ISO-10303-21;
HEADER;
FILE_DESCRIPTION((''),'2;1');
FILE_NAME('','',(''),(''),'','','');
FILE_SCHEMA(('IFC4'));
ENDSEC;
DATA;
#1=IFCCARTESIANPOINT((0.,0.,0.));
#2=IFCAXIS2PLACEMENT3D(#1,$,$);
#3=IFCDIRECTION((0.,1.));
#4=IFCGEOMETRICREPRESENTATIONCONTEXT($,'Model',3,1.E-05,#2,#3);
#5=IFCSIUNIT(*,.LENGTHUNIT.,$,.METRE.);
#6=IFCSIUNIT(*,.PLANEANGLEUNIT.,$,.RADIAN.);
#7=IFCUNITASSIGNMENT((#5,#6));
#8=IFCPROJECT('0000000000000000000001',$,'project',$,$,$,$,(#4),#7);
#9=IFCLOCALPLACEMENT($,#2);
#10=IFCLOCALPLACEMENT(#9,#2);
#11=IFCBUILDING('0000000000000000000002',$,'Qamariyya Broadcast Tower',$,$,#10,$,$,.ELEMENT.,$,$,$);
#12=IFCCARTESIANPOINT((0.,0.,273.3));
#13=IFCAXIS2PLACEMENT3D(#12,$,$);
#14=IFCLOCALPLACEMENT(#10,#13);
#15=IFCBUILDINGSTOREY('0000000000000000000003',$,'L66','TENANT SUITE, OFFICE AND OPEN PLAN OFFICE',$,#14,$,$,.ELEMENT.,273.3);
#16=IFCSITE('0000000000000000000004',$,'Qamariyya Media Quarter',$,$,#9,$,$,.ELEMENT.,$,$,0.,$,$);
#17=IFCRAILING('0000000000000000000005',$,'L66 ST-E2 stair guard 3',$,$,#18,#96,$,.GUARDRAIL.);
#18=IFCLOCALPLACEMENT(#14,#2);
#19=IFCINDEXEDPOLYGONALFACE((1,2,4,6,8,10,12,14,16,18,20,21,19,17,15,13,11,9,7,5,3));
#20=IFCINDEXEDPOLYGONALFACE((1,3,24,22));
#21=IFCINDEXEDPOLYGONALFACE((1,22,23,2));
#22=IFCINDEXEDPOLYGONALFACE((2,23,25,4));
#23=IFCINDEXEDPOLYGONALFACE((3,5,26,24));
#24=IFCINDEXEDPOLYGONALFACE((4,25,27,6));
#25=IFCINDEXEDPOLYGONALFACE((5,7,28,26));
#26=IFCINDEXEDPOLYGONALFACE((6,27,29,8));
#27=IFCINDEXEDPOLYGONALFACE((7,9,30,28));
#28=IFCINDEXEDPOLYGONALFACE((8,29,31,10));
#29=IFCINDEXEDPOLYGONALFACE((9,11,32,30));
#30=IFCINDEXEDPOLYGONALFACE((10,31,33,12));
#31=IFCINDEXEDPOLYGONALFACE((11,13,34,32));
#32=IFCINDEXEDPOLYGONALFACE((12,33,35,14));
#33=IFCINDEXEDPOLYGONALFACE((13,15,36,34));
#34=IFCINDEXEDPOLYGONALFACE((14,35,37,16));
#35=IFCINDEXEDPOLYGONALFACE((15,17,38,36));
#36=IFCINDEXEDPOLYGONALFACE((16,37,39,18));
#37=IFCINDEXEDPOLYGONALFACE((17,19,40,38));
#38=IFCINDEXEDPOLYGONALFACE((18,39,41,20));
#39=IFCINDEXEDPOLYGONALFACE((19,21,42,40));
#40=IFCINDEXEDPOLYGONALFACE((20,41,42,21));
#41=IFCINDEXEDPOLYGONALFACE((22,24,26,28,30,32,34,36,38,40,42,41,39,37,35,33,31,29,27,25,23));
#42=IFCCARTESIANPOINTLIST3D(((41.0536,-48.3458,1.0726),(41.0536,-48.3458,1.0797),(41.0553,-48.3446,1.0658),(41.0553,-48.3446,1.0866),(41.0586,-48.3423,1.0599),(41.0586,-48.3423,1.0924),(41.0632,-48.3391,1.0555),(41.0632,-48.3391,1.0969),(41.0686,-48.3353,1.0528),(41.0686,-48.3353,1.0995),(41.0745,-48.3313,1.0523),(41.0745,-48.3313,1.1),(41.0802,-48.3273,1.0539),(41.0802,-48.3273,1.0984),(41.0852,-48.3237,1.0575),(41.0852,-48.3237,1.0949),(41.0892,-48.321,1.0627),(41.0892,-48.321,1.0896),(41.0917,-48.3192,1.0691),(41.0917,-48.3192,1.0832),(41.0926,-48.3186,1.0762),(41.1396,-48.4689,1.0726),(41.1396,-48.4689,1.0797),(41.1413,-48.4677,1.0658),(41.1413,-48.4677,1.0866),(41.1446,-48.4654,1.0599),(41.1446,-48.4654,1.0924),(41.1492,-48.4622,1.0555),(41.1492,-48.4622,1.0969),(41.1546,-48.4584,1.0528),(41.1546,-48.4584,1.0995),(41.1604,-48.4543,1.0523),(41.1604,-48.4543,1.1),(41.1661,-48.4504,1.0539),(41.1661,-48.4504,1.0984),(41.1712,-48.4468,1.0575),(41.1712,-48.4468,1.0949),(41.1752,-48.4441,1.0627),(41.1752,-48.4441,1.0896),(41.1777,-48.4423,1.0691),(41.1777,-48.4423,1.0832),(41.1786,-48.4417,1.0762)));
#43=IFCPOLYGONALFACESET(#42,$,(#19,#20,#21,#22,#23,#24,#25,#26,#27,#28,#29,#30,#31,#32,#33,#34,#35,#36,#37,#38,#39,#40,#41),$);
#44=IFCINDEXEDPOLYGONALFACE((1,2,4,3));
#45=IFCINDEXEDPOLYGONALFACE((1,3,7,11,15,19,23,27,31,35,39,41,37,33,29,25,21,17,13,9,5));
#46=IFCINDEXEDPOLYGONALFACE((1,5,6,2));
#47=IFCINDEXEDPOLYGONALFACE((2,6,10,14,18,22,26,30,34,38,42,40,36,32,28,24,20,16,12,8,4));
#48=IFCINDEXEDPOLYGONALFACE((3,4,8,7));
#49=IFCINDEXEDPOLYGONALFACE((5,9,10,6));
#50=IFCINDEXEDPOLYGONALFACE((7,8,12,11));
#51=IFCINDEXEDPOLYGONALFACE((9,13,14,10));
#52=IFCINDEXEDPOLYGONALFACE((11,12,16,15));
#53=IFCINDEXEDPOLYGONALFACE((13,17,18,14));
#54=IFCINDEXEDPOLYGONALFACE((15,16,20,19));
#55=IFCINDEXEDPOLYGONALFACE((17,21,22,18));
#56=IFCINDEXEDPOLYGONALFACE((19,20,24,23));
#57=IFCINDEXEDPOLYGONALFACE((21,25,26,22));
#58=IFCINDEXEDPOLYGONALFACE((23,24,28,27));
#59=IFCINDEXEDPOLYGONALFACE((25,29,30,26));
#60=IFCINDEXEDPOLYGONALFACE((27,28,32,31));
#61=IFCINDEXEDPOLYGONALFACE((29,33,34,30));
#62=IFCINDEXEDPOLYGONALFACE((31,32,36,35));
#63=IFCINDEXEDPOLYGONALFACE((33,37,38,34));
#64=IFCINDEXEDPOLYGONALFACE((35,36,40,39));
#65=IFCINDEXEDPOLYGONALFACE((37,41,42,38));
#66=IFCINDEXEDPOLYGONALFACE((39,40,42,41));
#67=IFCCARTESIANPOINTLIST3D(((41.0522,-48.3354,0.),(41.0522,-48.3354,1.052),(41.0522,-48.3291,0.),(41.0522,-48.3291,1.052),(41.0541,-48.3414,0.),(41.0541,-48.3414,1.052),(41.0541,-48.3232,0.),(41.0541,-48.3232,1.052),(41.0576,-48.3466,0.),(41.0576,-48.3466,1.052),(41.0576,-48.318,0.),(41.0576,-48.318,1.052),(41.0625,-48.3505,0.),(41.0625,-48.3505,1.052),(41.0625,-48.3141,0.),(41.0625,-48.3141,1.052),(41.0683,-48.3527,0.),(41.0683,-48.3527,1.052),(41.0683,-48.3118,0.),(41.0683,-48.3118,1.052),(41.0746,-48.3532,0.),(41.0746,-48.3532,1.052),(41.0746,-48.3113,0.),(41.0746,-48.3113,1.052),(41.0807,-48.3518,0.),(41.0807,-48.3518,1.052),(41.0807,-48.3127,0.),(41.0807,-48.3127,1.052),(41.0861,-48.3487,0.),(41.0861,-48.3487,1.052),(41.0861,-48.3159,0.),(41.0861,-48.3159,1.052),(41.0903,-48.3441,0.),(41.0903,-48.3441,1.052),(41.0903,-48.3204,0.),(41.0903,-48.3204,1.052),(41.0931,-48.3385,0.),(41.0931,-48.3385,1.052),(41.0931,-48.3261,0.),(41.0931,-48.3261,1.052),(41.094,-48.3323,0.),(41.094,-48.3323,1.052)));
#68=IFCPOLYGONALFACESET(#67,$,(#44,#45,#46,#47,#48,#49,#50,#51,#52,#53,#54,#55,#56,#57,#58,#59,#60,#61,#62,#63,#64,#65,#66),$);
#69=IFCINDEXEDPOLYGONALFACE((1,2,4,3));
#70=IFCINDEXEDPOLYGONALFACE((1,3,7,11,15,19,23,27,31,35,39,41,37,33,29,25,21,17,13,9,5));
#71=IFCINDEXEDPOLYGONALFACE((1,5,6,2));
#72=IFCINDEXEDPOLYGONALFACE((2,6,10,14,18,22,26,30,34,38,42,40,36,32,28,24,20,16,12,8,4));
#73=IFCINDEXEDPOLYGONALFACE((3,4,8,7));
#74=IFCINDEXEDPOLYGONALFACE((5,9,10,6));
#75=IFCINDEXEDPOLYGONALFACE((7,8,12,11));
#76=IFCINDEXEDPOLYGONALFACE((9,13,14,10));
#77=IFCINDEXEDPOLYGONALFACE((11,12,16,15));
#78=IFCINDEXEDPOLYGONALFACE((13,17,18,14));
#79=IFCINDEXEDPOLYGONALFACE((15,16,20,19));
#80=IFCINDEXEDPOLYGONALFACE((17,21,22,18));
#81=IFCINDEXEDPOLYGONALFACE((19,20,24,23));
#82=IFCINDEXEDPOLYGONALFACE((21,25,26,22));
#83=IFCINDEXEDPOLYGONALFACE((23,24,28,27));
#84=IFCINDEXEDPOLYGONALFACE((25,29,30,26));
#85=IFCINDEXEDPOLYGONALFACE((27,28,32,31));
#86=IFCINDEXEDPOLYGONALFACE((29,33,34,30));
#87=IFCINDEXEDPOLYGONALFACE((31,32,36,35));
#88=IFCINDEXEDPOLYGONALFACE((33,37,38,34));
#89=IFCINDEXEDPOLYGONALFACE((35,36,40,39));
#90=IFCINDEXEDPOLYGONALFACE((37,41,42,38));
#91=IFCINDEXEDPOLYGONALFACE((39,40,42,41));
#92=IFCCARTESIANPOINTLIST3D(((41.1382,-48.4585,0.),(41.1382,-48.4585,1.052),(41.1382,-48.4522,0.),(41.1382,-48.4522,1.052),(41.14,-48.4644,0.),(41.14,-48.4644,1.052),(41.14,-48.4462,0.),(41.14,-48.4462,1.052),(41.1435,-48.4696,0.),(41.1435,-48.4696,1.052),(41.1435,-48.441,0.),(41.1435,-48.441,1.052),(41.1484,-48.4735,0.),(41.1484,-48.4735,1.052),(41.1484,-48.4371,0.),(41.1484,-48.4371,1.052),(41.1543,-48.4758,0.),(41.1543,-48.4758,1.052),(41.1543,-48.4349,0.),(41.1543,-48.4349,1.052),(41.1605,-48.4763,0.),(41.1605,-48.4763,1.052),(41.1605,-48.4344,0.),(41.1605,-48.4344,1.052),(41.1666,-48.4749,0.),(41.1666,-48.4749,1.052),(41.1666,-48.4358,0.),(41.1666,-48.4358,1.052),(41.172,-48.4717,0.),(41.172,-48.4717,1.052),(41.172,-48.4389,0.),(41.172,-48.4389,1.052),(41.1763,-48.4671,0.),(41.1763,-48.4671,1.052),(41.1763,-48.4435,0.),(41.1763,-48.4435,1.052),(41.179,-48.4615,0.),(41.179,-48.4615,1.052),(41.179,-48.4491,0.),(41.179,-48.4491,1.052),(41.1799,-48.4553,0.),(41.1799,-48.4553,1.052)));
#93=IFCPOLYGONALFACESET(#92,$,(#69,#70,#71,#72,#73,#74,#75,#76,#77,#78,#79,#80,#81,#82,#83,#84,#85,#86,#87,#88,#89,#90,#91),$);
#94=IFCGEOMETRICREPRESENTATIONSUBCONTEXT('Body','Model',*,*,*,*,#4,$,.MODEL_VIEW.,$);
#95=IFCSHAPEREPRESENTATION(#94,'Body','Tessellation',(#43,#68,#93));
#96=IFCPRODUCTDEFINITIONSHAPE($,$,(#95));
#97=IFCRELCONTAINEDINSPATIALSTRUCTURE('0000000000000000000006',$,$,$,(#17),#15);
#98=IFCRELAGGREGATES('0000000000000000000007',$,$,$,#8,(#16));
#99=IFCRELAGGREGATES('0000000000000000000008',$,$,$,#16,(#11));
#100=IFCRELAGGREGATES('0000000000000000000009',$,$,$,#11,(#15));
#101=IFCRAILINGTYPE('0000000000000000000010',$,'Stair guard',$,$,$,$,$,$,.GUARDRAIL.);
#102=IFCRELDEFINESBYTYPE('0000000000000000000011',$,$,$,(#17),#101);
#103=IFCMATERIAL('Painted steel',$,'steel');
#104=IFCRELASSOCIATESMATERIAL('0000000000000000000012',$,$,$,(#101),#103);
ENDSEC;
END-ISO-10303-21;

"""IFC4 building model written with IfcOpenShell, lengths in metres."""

from ifc_helpers import new_model, si_unit, direction, frame, origin, origin_2d, place, context, subcontext, project, spatial, circle, extrude, material, type_object, element, save


model = new_model("IFC4")

# Units and contexts
model_context = context("Model", 3, precision=1e-05, world=origin(), true_north=direction((0.0, 1.0)))
body_context = subcontext(model_context, "Body", "Model", "MODEL_VIEW")
ifc_project = project(units=[si_unit("LENGTHUNIT", "METRE"), si_unit("PLANEANGLEUNIT", "RADIAN")], contexts=[model_context])

# Site, building, storey
site_placement = place(None, origin())
site = spatial("IfcSite", under=ifc_project, at=site_placement, Name="Qamariyya Media Quarter", CompositionType="ELEMENT", RefElevation=0.0)
building_placement = place(site_placement, origin())
building = spatial("IfcBuilding", under=site, at=building_placement, Name="Qamariyya Broadcast Tower", CompositionType="ELEMENT")
storey_placement = place(building_placement, frame((0.0, 0.0, 273.3)))
storey = spatial("IfcBuildingStorey", under=building, at=storey_placement, Name="L66", Description="TENANT SUITE, OFFICE AND OPEN PLAN OFFICE", CompositionType="ELEMENT", Elevation=273.3)

# Railing
ifc_material_1 = material(Name="Painted steel", Category="steel")
railing_type_1 = type_object("IfcRailingType", Name="Stair guard", PredefinedType="GUARDRAIL", material=ifc_material_1)
railing_1_placement = place(storey_placement, frame((41.073, -48.3323, 0.0)))
element("IfcRailing", 1, at=railing_1_placement, inside=storey, type_object=railing_type_1, Name="L66 ST-E2 stair guard 3", PredefinedType="GUARDRAIL", context=body_context, shape_type="SweptSolid", body=[
    extrude(circle(Radius=0.0239, at=origin_2d()), frame((0.0, 0.0, 1.0762), z_axis=(0.572589, -0.819843, 0.0), x_axis=(0.819843, 0.572589, 0.0)), (0.0, 0.0, 1.0), 0.1501),
    extrude(circle(Radius=0.021, at=origin_2d()), origin(), (0.0, 0.0, 1.0), 1.052),
    extrude(circle(Radius=0.021, at=origin_2d()), frame((0.0859, -0.123, 0.0)), (0.0, 0.0, 1.0), 1.052),
])

save(model, "model.ifc")
